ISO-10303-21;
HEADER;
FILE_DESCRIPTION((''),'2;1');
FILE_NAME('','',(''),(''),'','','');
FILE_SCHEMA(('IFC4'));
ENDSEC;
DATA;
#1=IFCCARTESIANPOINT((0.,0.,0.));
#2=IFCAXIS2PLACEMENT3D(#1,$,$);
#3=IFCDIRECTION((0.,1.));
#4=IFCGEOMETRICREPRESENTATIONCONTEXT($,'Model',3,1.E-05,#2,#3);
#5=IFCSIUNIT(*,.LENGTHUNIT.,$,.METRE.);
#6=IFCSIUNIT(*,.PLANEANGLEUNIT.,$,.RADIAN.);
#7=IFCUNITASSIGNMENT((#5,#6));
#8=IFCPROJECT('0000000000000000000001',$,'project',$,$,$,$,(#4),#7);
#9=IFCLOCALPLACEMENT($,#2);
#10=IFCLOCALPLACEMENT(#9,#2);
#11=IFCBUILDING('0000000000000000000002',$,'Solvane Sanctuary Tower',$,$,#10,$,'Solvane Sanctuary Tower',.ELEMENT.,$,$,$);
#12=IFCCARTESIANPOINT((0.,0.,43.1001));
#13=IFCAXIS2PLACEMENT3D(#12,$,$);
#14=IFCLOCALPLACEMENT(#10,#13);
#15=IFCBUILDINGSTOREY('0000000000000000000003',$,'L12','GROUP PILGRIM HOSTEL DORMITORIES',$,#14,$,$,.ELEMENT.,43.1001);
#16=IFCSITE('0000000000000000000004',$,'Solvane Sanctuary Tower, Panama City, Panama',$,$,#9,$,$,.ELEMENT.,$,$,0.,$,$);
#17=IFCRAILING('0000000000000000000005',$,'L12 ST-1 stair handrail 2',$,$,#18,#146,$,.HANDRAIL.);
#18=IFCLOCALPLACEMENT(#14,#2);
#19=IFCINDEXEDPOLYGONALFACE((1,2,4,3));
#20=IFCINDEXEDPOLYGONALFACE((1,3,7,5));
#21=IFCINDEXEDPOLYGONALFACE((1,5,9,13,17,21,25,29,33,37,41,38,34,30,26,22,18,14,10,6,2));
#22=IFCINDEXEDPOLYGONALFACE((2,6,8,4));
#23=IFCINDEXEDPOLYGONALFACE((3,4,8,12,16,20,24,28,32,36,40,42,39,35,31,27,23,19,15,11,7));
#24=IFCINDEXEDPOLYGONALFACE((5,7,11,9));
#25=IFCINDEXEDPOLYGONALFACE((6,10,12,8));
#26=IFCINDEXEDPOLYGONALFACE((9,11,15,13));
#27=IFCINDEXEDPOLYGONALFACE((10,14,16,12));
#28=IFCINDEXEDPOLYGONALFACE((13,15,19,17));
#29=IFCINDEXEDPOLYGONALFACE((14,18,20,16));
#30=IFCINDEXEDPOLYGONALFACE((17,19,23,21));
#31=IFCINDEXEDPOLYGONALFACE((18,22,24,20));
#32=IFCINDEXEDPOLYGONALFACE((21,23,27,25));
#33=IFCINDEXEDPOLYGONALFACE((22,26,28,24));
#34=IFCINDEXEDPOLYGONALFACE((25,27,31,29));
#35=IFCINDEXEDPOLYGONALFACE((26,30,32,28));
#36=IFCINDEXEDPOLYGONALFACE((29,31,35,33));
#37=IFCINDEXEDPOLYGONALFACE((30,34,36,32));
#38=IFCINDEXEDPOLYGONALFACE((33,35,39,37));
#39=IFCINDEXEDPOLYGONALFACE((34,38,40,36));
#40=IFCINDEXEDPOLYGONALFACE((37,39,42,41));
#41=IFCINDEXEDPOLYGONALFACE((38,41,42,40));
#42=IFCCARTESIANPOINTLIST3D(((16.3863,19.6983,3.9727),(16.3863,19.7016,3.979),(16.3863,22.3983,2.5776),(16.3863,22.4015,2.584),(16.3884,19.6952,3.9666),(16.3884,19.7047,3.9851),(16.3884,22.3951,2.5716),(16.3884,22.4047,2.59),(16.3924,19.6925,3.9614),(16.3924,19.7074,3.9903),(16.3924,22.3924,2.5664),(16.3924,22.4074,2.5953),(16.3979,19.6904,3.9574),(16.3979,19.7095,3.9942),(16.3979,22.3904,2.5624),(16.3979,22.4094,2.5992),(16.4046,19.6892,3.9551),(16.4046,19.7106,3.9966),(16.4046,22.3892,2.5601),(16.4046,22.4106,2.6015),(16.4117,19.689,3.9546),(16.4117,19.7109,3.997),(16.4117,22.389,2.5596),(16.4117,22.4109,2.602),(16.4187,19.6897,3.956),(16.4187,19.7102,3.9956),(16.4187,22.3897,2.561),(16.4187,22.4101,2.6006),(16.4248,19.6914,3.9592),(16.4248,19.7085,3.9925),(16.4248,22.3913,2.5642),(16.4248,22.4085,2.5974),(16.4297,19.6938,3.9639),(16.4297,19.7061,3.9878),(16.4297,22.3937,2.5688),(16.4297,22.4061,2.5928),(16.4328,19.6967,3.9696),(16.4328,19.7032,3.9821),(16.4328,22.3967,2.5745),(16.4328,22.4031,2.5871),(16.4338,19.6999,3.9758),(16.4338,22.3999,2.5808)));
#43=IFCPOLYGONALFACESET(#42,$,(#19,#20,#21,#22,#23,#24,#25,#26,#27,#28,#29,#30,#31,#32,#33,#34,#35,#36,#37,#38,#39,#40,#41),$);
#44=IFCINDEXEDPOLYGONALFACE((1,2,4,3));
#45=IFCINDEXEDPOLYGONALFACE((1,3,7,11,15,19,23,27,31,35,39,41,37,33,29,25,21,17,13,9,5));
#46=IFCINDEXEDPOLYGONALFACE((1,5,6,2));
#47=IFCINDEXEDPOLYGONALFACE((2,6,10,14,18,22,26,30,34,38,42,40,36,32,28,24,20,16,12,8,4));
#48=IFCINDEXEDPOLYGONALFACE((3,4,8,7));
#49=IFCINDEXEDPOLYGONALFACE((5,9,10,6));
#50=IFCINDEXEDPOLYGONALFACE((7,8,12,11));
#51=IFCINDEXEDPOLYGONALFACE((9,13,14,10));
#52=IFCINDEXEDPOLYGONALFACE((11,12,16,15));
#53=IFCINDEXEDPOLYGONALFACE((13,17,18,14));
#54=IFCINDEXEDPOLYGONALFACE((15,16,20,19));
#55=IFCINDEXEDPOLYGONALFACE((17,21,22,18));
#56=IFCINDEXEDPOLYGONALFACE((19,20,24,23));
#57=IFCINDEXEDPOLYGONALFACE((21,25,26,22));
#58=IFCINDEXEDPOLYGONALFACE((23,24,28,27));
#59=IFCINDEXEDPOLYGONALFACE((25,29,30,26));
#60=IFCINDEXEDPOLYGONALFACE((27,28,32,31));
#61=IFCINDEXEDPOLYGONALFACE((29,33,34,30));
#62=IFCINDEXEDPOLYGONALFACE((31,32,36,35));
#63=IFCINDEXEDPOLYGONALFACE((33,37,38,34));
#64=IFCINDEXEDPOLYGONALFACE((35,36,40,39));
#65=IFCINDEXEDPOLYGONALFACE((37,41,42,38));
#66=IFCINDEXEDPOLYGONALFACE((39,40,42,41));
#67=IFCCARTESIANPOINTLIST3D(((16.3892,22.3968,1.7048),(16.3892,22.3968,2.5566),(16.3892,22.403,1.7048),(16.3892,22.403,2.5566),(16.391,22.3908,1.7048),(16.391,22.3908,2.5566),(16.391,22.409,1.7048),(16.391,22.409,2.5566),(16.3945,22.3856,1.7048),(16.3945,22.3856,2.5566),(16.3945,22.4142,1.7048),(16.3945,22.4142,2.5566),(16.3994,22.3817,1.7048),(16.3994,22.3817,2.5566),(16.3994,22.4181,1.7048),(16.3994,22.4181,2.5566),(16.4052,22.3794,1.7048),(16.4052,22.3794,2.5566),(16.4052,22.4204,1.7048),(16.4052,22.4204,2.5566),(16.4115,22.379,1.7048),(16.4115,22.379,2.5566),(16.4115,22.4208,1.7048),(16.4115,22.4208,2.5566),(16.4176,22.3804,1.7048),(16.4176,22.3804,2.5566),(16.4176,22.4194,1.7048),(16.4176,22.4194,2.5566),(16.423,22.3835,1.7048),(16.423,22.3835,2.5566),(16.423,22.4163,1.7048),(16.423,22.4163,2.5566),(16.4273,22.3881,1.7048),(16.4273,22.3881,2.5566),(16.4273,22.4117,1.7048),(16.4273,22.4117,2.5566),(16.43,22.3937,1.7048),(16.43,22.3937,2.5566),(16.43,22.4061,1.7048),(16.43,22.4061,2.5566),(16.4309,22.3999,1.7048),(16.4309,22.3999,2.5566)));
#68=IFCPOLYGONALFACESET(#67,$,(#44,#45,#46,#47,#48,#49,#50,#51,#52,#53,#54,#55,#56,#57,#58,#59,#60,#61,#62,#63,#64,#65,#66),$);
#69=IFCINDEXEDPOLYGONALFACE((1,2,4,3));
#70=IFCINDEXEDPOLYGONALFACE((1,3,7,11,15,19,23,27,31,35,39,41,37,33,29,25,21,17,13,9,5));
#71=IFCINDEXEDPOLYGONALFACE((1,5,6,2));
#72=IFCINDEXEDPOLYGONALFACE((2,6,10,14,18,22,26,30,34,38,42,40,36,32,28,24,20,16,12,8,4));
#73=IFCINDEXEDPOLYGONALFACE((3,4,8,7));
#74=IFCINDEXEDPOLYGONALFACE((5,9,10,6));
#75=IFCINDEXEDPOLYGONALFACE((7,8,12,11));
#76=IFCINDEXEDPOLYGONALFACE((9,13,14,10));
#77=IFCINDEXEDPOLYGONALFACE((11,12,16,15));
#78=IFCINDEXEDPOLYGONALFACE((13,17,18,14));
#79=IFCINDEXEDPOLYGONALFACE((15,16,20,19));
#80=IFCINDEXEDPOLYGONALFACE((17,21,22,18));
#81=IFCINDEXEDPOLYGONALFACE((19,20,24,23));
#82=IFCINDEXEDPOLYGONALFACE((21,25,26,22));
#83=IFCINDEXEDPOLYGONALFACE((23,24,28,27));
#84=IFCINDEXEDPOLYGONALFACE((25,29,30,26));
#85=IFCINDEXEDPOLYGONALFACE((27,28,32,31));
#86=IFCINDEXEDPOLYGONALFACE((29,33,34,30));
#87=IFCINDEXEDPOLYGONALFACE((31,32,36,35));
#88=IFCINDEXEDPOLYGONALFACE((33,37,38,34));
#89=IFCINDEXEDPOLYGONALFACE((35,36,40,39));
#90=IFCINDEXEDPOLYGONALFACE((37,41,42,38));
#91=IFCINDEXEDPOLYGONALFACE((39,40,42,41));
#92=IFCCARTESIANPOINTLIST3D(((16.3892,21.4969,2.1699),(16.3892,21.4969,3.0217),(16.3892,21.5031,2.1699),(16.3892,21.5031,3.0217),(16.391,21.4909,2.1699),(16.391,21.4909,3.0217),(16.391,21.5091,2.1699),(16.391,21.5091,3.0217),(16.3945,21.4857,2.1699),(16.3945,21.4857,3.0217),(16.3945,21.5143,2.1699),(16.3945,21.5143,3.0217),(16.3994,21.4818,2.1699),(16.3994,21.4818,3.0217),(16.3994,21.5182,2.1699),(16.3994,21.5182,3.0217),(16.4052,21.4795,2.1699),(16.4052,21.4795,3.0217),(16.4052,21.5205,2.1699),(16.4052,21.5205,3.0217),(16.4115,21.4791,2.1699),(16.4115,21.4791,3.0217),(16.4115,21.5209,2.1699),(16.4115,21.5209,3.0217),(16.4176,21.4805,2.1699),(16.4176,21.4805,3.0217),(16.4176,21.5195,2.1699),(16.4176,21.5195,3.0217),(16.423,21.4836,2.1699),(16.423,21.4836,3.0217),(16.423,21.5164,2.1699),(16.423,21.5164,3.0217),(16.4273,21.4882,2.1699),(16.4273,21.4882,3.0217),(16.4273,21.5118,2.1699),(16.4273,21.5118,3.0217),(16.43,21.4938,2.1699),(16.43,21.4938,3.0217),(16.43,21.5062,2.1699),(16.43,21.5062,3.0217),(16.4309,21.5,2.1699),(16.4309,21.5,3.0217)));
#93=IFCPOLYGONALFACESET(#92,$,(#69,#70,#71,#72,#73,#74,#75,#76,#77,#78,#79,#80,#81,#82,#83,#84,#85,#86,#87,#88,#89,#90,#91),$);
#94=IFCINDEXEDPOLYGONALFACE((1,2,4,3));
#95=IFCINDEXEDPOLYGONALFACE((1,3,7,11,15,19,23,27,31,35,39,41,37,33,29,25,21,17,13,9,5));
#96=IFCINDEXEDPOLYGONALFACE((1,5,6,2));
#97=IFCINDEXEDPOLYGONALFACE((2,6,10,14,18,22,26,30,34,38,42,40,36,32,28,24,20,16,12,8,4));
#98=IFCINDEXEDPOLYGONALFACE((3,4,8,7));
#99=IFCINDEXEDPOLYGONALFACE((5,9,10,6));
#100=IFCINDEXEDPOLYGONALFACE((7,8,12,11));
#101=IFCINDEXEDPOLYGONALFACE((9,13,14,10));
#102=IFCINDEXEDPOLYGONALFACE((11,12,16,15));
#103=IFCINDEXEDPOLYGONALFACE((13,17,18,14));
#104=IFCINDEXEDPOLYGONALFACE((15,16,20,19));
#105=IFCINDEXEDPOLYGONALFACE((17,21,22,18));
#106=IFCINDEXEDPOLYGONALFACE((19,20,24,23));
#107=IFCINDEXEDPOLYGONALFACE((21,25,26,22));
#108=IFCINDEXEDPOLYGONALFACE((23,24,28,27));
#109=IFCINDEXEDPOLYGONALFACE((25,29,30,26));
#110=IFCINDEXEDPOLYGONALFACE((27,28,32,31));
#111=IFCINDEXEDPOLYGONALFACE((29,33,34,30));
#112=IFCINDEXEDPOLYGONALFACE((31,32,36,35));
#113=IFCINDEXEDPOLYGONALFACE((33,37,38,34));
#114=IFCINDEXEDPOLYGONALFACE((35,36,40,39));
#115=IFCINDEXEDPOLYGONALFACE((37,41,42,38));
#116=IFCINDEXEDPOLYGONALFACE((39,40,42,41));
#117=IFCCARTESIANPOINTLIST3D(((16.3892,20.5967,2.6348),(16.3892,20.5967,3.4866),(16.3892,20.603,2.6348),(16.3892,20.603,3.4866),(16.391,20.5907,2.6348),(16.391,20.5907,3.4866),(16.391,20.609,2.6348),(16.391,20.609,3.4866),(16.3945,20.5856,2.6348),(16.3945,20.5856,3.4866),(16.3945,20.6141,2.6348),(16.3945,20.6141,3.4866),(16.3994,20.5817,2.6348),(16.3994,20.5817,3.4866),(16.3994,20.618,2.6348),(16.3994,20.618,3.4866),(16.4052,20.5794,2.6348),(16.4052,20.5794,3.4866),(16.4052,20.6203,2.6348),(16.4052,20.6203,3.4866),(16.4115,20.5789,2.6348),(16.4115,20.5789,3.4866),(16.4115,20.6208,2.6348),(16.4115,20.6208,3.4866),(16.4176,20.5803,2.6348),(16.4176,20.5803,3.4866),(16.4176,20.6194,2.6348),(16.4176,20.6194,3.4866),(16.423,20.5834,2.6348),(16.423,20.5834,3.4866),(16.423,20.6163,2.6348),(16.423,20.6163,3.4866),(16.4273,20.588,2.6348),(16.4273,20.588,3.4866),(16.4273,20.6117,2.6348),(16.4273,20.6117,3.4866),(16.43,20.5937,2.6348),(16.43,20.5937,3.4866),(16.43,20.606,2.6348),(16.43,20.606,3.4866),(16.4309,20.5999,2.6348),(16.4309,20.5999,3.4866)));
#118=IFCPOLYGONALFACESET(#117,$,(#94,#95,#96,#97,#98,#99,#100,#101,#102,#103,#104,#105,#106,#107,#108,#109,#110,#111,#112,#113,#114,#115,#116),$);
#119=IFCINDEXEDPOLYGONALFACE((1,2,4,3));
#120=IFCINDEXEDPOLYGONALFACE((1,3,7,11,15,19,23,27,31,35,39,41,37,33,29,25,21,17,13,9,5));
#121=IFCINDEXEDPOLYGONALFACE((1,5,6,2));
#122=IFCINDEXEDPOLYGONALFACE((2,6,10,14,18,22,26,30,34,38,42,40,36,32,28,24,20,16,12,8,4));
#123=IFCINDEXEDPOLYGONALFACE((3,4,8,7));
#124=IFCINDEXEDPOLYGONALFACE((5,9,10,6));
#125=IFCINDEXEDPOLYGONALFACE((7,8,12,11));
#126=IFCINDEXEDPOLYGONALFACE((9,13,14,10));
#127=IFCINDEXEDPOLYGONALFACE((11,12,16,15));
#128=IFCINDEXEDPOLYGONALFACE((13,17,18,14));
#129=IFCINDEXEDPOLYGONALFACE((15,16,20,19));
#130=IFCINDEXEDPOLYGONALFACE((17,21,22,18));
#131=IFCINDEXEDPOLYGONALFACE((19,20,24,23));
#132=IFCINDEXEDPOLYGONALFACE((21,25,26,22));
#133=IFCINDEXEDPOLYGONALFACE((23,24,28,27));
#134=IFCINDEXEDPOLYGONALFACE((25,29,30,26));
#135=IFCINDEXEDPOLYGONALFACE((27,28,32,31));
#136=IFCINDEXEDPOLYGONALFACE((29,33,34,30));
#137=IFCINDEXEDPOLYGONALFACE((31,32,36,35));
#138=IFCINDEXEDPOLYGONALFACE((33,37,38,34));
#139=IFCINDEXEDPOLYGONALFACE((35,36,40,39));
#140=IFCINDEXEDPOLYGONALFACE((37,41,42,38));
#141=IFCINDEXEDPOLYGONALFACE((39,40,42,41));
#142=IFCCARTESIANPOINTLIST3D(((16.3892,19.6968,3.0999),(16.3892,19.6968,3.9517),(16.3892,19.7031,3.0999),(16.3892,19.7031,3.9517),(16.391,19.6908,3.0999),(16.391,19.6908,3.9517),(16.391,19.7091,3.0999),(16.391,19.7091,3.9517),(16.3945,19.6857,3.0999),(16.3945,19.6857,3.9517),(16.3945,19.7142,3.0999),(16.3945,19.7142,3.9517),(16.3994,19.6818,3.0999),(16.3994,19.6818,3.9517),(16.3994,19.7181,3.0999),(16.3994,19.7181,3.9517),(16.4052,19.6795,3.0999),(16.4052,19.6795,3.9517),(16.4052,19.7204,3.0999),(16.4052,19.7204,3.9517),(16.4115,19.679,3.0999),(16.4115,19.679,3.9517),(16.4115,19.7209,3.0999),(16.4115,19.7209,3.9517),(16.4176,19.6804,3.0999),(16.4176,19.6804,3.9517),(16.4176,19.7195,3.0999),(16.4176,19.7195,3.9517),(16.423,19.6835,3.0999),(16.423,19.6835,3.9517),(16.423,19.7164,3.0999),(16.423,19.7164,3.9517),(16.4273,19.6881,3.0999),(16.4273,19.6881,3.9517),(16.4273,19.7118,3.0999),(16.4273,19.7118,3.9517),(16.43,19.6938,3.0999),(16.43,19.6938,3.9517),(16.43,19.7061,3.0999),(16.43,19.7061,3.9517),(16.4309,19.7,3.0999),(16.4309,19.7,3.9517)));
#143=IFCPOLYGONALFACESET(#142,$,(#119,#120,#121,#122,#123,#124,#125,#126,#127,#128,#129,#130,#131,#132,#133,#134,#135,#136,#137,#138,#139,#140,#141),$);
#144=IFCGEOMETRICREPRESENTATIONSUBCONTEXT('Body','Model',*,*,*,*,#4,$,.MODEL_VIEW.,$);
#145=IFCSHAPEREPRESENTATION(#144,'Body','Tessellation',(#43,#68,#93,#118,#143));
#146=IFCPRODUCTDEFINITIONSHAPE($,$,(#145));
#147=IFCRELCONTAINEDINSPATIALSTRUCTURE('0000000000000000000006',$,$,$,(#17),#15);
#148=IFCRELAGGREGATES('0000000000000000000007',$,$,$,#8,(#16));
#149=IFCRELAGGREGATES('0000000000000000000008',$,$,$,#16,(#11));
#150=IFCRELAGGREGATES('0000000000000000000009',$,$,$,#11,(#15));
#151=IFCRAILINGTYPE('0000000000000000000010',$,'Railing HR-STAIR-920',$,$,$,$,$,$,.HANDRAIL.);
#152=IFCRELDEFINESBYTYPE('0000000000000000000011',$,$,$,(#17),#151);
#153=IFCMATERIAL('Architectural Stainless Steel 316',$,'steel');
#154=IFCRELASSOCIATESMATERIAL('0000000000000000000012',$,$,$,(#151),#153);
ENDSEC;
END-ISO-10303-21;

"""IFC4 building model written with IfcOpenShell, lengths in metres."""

from ifc_helpers import new_model, si_unit, direction, frame, origin, origin_2d, place, context, subcontext, project, spatial, circle, extrude, material, type_object, element, save


model = new_model("IFC4")

# Units and contexts
model_context = context("Model", 3, precision=1e-05, world=origin(), true_north=direction((0.0, 1.0)))
body_context = subcontext(model_context, "Body", "Model", "MODEL_VIEW")
ifc_project = project(units=[si_unit("LENGTHUNIT", "METRE"), si_unit("PLANEANGLEUNIT", "RADIAN")], contexts=[model_context])

# Site, building, storey
site_placement = place(None, origin())
site = spatial("IfcSite", under=ifc_project, at=site_placement, Name="Solvane Sanctuary Tower, Panama City, Panama", CompositionType="ELEMENT", RefElevation=0.0)
building_placement = place(site_placement, origin())
building = spatial("IfcBuilding", under=site, at=building_placement, Name="Solvane Sanctuary Tower", LongName="Solvane Sanctuary Tower", CompositionType="ELEMENT")
storey_placement = place(building_placement, frame((0.0, 0.0, 43.1001)))
storey = spatial("IfcBuildingStorey", under=building, at=storey_placement, Name="L12", Description="GROUP PILGRIM HOSTEL DORMITORIES", CompositionType="ELEMENT", Elevation=43.1001)

# Shared definitions
ifc_material_1 = material(Name="Architectural Stainless Steel 316", Category="steel")

# Railing
railing_type_1 = type_object("IfcRailingType", Name="Railing HR-STAIR-920", PredefinedType="HANDRAIL", material=ifc_material_1)
railing_1_placement = place(storey_placement, frame((16.4099, 22.3999, 1.7048)))
element("IfcRailing", 1, at=railing_1_placement, inside=storey, type_object=railing_type_1, Name="L12 ST-1 stair handrail 2", PredefinedType="HANDRAIL", context=body_context, shape_type="SweptSolid", body=[
    extrude(circle(Radius=0.0239, at=origin_2d()), frame((0.0, 0.0, 0.876), z_axis=(0.0, -0.88842, 0.459032), x_axis=(1.0, 0.0, 0.0)), (0.0, 0.0, 1.0), 3.0391),
    extrude(circle(Radius=0.021, at=origin_2d()), origin(), (0.0, 0.0, 1.0), 0.8518),
    extrude(circle(Radius=0.021, at=origin_2d()), frame((0.0, -0.8999, 0.4651)), (0.0, 0.0, 1.0), 0.8518),
    extrude(circle(Radius=0.021, at=origin_2d()), frame((0.0, -1.8, 0.9299)), (0.0, 0.0, 1.0), 0.8518),
    extrude(circle(Radius=0.021, at=origin_2d()), frame((0.0, -2.7, 1.395)), (0.0, 0.0, 1.0), 0.8518),
])

save(model, "model.ifc")
